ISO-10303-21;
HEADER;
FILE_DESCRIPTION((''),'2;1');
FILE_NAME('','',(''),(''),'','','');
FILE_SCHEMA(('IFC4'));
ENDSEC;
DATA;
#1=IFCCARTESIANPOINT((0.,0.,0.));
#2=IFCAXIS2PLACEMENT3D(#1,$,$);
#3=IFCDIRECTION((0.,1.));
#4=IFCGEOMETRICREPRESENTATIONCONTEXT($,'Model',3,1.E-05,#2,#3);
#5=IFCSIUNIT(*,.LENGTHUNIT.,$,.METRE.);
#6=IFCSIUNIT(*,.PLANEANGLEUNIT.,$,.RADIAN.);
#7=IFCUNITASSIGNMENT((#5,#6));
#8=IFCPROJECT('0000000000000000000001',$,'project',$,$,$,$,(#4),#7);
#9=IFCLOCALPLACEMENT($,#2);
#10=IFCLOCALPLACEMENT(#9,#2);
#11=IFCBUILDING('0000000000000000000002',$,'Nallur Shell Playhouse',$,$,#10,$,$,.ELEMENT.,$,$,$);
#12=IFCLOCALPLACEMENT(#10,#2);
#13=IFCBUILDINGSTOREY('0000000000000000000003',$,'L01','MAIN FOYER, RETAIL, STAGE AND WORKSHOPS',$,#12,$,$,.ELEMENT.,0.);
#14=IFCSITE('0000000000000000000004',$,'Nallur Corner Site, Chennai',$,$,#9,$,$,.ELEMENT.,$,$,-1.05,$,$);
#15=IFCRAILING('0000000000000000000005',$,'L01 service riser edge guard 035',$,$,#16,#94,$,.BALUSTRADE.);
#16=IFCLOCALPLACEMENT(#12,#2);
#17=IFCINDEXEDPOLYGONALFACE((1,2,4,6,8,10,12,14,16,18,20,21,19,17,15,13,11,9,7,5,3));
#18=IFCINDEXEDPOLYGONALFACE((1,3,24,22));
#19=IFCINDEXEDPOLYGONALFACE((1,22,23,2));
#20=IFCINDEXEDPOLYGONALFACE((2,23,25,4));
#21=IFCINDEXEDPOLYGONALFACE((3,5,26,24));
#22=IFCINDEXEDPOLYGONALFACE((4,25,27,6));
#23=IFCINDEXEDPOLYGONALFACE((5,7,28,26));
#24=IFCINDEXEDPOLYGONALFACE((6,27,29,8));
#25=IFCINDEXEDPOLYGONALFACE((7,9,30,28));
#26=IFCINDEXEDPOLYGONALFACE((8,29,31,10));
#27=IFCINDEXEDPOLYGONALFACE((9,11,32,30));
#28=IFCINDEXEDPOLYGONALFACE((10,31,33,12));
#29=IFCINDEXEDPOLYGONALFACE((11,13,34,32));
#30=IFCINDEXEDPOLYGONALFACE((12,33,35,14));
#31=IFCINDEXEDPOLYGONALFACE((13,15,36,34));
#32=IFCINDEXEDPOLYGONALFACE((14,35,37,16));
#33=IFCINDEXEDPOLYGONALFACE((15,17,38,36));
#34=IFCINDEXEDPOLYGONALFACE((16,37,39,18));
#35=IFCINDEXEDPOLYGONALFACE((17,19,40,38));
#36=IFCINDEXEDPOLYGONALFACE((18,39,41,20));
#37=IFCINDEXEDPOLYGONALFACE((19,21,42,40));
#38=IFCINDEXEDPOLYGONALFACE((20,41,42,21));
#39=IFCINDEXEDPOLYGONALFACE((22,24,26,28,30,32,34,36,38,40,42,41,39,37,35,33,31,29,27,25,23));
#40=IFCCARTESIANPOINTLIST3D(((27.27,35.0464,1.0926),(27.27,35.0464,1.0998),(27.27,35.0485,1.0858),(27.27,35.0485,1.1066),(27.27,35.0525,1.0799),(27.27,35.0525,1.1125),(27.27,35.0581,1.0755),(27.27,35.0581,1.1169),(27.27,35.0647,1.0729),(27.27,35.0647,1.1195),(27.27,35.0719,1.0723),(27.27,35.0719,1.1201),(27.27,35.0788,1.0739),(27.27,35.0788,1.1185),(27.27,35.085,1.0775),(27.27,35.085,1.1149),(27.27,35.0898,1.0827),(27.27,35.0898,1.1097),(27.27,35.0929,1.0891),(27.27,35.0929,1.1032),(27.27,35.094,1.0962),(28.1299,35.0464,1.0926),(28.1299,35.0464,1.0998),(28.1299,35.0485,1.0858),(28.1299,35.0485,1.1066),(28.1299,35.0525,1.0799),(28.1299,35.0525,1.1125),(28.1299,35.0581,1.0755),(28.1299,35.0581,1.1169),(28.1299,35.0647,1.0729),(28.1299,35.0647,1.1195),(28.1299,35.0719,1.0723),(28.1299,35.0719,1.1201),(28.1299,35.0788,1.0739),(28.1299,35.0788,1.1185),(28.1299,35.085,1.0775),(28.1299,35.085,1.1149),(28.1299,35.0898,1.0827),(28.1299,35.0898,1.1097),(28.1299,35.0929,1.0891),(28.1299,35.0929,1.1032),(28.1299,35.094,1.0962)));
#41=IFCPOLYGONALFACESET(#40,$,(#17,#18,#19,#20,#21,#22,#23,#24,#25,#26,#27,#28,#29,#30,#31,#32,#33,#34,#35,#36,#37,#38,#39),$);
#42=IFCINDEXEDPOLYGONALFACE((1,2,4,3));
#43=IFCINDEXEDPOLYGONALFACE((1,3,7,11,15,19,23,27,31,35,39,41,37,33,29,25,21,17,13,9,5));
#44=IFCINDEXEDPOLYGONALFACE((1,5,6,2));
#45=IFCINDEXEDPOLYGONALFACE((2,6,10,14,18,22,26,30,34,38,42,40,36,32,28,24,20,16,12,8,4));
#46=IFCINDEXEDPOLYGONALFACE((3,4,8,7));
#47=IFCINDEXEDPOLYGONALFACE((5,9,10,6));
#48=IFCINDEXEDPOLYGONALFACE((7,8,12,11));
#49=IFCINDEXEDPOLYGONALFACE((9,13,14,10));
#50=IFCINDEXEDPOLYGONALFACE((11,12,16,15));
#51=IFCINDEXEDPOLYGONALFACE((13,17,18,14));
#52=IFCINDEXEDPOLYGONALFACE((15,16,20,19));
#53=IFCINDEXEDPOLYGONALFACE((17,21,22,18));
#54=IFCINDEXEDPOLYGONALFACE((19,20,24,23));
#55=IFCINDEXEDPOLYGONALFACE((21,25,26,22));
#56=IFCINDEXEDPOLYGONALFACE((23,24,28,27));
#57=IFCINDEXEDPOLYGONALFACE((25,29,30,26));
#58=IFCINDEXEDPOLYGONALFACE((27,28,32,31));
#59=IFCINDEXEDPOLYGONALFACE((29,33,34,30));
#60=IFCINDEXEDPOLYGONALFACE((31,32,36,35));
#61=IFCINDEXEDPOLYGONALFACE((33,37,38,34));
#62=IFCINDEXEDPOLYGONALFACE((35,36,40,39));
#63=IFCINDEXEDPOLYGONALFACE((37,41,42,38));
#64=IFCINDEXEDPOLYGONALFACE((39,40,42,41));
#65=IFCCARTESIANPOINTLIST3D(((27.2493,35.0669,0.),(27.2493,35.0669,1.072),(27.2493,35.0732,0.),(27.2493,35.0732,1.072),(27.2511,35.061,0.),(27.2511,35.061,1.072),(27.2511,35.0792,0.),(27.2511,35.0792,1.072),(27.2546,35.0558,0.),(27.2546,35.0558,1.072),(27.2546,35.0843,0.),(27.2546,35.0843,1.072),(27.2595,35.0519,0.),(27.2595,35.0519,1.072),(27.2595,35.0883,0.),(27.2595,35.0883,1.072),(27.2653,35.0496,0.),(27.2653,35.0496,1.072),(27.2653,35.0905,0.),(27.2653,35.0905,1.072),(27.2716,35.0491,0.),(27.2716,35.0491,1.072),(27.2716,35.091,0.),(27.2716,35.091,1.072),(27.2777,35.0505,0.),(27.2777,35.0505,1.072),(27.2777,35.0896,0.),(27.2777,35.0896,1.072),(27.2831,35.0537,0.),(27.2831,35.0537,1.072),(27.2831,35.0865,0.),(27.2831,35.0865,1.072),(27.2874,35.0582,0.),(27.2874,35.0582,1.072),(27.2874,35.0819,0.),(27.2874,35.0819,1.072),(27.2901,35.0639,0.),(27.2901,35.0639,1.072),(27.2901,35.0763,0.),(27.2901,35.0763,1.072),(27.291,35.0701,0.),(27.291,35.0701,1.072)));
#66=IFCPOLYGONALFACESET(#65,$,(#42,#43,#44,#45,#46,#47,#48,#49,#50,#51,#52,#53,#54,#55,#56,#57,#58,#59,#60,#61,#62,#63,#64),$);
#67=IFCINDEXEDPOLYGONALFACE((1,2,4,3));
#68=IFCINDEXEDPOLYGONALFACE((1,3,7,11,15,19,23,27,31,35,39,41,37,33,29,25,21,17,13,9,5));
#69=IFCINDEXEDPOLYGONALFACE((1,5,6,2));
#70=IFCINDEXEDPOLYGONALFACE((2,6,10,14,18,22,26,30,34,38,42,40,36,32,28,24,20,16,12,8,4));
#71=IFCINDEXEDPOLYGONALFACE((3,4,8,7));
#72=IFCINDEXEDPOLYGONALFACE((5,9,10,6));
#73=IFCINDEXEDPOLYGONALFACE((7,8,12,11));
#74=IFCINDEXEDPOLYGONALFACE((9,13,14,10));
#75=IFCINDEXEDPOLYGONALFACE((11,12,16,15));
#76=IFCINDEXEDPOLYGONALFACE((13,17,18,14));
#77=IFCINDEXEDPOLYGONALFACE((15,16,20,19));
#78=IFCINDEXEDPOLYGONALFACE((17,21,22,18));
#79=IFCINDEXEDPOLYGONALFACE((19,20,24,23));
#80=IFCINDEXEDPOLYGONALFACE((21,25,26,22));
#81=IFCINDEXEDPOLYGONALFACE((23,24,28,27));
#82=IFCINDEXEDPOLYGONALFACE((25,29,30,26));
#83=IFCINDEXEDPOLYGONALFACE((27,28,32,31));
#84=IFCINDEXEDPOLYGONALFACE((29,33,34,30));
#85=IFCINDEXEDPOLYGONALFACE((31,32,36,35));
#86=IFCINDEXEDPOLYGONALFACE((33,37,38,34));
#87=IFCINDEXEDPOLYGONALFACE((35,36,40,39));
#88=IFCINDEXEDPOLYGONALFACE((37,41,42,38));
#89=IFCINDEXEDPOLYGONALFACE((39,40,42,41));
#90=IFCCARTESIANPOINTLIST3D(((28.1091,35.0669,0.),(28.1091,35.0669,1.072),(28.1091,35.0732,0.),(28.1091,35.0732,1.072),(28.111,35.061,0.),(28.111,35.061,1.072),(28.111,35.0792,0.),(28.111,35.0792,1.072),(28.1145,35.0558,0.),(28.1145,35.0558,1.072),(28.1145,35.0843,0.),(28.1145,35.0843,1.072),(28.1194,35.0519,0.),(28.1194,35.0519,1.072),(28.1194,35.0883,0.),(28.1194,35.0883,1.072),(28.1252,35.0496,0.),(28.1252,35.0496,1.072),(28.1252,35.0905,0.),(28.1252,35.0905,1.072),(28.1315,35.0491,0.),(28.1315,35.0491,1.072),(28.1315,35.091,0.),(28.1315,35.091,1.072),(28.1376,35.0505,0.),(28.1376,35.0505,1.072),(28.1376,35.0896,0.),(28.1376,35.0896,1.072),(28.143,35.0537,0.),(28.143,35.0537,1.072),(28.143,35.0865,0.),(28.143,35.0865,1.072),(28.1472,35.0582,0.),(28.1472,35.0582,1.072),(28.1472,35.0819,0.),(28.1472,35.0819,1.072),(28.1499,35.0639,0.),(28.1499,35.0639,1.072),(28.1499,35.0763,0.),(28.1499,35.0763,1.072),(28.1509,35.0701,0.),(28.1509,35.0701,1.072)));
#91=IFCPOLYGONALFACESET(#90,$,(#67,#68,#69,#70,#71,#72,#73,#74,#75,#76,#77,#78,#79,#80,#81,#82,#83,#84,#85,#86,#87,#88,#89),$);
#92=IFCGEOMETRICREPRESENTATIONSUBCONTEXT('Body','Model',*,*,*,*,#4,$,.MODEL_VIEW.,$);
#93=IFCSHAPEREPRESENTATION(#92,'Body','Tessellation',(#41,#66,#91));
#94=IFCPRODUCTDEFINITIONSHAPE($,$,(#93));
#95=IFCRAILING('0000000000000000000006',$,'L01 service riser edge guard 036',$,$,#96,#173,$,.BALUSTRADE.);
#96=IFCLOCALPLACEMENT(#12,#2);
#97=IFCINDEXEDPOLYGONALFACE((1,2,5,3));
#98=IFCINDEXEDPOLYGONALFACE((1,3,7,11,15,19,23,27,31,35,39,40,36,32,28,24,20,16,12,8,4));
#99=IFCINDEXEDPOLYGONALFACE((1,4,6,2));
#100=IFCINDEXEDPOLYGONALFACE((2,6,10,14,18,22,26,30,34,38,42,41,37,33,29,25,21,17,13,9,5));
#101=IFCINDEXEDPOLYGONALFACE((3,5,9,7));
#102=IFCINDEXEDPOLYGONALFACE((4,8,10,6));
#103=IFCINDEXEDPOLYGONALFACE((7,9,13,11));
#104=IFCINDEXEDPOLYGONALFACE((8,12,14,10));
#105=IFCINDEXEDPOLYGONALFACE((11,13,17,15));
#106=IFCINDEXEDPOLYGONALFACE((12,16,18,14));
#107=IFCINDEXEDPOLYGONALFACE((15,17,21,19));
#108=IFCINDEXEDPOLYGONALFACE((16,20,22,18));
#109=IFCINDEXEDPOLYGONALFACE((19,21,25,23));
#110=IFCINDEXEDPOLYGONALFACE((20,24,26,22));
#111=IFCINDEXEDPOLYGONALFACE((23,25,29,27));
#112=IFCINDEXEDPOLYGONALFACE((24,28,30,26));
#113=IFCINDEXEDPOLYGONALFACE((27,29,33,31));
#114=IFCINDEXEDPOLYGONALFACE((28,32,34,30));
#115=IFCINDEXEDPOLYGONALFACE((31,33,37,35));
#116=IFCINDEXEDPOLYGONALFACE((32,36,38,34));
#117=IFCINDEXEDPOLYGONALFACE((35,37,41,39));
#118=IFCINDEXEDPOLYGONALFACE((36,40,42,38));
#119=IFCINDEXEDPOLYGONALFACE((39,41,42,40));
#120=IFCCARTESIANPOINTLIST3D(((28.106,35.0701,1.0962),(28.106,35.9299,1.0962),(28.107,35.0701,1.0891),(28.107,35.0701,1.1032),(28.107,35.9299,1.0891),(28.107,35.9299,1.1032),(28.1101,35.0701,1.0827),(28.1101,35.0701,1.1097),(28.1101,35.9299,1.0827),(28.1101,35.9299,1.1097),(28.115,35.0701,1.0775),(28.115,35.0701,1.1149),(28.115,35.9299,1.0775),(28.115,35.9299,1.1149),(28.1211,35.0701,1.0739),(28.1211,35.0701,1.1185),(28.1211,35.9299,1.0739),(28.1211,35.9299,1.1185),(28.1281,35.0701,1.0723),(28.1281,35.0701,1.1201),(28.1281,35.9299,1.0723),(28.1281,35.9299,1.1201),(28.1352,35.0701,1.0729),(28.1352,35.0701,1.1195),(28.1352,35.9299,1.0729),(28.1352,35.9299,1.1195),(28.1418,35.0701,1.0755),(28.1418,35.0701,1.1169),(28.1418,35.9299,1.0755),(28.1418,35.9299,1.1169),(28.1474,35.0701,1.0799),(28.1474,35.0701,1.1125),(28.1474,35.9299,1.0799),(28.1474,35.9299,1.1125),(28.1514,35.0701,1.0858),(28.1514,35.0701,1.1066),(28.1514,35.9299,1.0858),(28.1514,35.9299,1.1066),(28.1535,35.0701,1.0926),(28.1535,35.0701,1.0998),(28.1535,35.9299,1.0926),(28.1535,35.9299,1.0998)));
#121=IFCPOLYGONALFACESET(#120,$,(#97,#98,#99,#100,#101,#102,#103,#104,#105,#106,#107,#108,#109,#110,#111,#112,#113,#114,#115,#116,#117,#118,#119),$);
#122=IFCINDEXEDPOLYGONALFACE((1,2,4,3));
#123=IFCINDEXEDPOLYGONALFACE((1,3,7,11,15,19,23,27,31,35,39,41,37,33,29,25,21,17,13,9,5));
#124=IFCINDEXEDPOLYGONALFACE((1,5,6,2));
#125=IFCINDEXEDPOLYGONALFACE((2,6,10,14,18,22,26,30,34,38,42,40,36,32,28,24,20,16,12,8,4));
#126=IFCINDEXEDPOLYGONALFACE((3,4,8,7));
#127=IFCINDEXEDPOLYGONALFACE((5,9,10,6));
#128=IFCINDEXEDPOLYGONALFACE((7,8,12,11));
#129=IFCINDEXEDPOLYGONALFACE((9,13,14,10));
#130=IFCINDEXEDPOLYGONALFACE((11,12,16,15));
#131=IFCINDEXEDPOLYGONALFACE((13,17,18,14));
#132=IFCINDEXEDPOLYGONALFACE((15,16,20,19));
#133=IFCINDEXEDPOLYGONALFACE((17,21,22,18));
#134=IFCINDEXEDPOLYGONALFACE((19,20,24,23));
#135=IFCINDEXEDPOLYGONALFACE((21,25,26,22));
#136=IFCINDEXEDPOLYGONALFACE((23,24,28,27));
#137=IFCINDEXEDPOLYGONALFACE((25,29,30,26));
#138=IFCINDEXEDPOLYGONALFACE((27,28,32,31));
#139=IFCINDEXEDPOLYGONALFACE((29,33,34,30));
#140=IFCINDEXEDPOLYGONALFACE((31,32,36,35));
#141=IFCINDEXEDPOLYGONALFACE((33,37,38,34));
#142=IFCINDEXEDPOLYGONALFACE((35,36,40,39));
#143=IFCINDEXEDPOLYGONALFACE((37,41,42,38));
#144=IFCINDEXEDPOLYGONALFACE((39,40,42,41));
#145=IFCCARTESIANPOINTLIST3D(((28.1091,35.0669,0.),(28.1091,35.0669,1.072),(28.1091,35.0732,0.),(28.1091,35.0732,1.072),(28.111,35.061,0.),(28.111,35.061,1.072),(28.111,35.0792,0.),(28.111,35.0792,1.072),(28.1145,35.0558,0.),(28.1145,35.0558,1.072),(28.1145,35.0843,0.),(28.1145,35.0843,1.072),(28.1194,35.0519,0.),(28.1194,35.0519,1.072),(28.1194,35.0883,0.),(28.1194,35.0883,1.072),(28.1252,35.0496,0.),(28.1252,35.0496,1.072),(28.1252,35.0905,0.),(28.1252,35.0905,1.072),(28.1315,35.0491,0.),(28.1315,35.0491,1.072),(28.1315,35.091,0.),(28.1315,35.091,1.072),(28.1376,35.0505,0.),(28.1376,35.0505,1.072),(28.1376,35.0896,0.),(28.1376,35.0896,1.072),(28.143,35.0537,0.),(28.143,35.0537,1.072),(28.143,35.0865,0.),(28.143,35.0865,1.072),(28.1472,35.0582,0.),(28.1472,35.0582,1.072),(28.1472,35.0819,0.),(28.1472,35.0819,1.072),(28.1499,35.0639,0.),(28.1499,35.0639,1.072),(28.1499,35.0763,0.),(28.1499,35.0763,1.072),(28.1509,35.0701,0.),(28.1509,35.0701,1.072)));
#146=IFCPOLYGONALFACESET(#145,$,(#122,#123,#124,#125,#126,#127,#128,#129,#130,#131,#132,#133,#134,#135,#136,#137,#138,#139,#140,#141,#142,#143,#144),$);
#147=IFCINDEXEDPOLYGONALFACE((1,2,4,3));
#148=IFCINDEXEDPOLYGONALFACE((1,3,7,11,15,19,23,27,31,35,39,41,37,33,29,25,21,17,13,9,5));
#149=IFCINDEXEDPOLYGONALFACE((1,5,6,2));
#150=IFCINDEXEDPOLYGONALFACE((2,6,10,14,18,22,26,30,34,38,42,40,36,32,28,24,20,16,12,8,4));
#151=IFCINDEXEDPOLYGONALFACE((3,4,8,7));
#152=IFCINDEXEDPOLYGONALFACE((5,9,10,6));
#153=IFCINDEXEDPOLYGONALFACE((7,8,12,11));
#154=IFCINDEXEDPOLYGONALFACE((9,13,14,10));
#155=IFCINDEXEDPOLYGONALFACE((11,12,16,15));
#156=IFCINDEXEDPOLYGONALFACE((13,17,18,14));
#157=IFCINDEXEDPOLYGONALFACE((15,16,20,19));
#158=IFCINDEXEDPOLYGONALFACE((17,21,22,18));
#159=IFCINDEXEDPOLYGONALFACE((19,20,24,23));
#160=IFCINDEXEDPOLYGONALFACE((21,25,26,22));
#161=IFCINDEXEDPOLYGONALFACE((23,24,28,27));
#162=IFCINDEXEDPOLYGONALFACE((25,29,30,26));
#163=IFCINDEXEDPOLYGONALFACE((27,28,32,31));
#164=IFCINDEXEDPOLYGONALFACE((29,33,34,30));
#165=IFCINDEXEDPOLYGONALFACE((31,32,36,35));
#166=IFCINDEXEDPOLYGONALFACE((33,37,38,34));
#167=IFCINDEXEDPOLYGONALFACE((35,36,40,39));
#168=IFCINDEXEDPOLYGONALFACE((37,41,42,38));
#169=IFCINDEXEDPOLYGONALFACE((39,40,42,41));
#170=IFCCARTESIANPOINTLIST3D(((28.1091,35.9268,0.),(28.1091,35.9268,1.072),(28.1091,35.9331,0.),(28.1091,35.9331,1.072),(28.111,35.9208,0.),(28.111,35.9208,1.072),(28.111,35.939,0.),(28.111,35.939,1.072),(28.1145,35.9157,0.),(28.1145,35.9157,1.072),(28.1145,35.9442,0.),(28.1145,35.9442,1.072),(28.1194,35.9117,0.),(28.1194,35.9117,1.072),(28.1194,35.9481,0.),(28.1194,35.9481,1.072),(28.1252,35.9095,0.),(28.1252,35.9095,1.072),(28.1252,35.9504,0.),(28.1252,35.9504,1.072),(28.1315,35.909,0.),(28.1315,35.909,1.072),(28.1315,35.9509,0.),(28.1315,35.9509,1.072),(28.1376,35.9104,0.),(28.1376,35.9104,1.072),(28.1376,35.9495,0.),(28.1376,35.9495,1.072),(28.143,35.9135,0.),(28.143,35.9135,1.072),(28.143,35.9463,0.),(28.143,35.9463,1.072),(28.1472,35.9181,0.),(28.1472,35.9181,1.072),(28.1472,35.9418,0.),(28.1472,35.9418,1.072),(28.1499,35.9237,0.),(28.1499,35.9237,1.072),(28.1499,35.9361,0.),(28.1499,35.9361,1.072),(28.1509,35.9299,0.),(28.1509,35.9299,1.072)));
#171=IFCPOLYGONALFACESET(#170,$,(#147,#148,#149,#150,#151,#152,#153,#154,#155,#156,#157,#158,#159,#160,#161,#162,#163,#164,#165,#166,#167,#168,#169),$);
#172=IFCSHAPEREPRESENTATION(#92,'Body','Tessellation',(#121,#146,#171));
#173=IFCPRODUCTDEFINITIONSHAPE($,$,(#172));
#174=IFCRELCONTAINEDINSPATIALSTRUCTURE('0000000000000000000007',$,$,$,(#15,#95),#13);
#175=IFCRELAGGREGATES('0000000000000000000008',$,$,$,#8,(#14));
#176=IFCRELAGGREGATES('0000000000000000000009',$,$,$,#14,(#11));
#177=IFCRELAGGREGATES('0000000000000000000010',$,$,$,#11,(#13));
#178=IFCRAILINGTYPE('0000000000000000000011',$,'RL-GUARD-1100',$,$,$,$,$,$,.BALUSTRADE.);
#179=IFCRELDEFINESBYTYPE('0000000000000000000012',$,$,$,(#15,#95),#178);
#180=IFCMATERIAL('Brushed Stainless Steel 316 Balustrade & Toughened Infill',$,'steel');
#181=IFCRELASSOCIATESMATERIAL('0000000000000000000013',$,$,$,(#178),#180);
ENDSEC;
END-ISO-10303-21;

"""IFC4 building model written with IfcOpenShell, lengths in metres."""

from ifc_helpers import new_model, si_unit, direction, frame, origin, origin_2d, place, context, subcontext, project, spatial, circle, extrude, material, type_object, element, save


model = new_model("IFC4")

# Units and contexts
model_context = context("Model", 3, precision=1e-05, world=origin(), true_north=direction((0.0, 1.0)))
body_context = subcontext(model_context, "Body", "Model", "MODEL_VIEW")
ifc_project = project(units=[si_unit("LENGTHUNIT", "METRE"), si_unit("PLANEANGLEUNIT", "RADIAN")], contexts=[model_context])

# Site, building, storey
site_placement = place(None, origin())
site = spatial("IfcSite", under=ifc_project, at=site_placement, Name="Nallur Corner Site, Chennai", CompositionType="ELEMENT", RefElevation=-1.05)
building_placement = place(site_placement, origin())
building = spatial("IfcBuilding", under=site, at=building_placement, Name="Nallur Shell Playhouse", CompositionType="ELEMENT")
storey_placement = place(building_placement, origin())
storey = spatial("IfcBuildingStorey", under=building, at=storey_placement, Name="L01", Description="MAIN FOYER, RETAIL, STAGE AND WORKSHOPS", CompositionType="ELEMENT", Elevation=0.0)

# Railings
ifc_material_1 = material(Name="Brushed Stainless Steel 316 Balustrade & Toughened Infill", Category="steel")
railing_type = type_object("IfcRailingType", Name="RL-GUARD-1100", PredefinedType="BALUSTRADE", material=ifc_material_1)
railing_1_placement = place(storey_placement, frame((27.27, 35.0701, 0.0)))
element("IfcRailing", 1, at=railing_1_placement, inside=storey, type_object=railing_type, Name="L01 service riser edge guard 035", PredefinedType="BALUSTRADE", context=body_context, shape_type="SweptSolid", body=[
    extrude(circle(Radius=0.0239, at=origin_2d()), frame((0.0, 0.0, 1.0962), z_axis=(1.0, 0.0, 0.0), x_axis=(0.0, 1.0, 0.0)), (0.0, 0.0, 1.0), 0.8599),
    extrude(circle(Radius=0.021, at=origin_2d()), origin(), (0.0, 0.0, 1.0), 1.072),
    extrude(circle(Radius=0.021, at=origin_2d()), frame((0.8599, 0.0, 0.0)), (0.0, 0.0, 1.0), 1.072),
])
railing_2_placement = place(storey_placement, frame((28.1299, 35.0701, 0.0)))
element("IfcRailing", 2, at=railing_2_placement, inside=storey, type_object=railing_type, Name="L01 service riser edge guard 036", PredefinedType="BALUSTRADE", context=body_context, shape_type="SweptSolid", body=[
    extrude(circle(Radius=0.0239, at=origin_2d()), frame((0.0, 0.0, 1.0962), z_axis=(0.0, 1.0, 0.0), x_axis=(-1.0, 0.0, 0.0)), (0.0, 0.0, 1.0), 0.8599),
    extrude(circle(Radius=0.021, at=origin_2d()), origin(), (0.0, 0.0, 1.0), 1.072),
    extrude(circle(Radius=0.021, at=origin_2d()), frame((0.0, 0.8599, 0.0)), (0.0, 0.0, 1.0), 1.072),
])

save(model, "model.ifc")
